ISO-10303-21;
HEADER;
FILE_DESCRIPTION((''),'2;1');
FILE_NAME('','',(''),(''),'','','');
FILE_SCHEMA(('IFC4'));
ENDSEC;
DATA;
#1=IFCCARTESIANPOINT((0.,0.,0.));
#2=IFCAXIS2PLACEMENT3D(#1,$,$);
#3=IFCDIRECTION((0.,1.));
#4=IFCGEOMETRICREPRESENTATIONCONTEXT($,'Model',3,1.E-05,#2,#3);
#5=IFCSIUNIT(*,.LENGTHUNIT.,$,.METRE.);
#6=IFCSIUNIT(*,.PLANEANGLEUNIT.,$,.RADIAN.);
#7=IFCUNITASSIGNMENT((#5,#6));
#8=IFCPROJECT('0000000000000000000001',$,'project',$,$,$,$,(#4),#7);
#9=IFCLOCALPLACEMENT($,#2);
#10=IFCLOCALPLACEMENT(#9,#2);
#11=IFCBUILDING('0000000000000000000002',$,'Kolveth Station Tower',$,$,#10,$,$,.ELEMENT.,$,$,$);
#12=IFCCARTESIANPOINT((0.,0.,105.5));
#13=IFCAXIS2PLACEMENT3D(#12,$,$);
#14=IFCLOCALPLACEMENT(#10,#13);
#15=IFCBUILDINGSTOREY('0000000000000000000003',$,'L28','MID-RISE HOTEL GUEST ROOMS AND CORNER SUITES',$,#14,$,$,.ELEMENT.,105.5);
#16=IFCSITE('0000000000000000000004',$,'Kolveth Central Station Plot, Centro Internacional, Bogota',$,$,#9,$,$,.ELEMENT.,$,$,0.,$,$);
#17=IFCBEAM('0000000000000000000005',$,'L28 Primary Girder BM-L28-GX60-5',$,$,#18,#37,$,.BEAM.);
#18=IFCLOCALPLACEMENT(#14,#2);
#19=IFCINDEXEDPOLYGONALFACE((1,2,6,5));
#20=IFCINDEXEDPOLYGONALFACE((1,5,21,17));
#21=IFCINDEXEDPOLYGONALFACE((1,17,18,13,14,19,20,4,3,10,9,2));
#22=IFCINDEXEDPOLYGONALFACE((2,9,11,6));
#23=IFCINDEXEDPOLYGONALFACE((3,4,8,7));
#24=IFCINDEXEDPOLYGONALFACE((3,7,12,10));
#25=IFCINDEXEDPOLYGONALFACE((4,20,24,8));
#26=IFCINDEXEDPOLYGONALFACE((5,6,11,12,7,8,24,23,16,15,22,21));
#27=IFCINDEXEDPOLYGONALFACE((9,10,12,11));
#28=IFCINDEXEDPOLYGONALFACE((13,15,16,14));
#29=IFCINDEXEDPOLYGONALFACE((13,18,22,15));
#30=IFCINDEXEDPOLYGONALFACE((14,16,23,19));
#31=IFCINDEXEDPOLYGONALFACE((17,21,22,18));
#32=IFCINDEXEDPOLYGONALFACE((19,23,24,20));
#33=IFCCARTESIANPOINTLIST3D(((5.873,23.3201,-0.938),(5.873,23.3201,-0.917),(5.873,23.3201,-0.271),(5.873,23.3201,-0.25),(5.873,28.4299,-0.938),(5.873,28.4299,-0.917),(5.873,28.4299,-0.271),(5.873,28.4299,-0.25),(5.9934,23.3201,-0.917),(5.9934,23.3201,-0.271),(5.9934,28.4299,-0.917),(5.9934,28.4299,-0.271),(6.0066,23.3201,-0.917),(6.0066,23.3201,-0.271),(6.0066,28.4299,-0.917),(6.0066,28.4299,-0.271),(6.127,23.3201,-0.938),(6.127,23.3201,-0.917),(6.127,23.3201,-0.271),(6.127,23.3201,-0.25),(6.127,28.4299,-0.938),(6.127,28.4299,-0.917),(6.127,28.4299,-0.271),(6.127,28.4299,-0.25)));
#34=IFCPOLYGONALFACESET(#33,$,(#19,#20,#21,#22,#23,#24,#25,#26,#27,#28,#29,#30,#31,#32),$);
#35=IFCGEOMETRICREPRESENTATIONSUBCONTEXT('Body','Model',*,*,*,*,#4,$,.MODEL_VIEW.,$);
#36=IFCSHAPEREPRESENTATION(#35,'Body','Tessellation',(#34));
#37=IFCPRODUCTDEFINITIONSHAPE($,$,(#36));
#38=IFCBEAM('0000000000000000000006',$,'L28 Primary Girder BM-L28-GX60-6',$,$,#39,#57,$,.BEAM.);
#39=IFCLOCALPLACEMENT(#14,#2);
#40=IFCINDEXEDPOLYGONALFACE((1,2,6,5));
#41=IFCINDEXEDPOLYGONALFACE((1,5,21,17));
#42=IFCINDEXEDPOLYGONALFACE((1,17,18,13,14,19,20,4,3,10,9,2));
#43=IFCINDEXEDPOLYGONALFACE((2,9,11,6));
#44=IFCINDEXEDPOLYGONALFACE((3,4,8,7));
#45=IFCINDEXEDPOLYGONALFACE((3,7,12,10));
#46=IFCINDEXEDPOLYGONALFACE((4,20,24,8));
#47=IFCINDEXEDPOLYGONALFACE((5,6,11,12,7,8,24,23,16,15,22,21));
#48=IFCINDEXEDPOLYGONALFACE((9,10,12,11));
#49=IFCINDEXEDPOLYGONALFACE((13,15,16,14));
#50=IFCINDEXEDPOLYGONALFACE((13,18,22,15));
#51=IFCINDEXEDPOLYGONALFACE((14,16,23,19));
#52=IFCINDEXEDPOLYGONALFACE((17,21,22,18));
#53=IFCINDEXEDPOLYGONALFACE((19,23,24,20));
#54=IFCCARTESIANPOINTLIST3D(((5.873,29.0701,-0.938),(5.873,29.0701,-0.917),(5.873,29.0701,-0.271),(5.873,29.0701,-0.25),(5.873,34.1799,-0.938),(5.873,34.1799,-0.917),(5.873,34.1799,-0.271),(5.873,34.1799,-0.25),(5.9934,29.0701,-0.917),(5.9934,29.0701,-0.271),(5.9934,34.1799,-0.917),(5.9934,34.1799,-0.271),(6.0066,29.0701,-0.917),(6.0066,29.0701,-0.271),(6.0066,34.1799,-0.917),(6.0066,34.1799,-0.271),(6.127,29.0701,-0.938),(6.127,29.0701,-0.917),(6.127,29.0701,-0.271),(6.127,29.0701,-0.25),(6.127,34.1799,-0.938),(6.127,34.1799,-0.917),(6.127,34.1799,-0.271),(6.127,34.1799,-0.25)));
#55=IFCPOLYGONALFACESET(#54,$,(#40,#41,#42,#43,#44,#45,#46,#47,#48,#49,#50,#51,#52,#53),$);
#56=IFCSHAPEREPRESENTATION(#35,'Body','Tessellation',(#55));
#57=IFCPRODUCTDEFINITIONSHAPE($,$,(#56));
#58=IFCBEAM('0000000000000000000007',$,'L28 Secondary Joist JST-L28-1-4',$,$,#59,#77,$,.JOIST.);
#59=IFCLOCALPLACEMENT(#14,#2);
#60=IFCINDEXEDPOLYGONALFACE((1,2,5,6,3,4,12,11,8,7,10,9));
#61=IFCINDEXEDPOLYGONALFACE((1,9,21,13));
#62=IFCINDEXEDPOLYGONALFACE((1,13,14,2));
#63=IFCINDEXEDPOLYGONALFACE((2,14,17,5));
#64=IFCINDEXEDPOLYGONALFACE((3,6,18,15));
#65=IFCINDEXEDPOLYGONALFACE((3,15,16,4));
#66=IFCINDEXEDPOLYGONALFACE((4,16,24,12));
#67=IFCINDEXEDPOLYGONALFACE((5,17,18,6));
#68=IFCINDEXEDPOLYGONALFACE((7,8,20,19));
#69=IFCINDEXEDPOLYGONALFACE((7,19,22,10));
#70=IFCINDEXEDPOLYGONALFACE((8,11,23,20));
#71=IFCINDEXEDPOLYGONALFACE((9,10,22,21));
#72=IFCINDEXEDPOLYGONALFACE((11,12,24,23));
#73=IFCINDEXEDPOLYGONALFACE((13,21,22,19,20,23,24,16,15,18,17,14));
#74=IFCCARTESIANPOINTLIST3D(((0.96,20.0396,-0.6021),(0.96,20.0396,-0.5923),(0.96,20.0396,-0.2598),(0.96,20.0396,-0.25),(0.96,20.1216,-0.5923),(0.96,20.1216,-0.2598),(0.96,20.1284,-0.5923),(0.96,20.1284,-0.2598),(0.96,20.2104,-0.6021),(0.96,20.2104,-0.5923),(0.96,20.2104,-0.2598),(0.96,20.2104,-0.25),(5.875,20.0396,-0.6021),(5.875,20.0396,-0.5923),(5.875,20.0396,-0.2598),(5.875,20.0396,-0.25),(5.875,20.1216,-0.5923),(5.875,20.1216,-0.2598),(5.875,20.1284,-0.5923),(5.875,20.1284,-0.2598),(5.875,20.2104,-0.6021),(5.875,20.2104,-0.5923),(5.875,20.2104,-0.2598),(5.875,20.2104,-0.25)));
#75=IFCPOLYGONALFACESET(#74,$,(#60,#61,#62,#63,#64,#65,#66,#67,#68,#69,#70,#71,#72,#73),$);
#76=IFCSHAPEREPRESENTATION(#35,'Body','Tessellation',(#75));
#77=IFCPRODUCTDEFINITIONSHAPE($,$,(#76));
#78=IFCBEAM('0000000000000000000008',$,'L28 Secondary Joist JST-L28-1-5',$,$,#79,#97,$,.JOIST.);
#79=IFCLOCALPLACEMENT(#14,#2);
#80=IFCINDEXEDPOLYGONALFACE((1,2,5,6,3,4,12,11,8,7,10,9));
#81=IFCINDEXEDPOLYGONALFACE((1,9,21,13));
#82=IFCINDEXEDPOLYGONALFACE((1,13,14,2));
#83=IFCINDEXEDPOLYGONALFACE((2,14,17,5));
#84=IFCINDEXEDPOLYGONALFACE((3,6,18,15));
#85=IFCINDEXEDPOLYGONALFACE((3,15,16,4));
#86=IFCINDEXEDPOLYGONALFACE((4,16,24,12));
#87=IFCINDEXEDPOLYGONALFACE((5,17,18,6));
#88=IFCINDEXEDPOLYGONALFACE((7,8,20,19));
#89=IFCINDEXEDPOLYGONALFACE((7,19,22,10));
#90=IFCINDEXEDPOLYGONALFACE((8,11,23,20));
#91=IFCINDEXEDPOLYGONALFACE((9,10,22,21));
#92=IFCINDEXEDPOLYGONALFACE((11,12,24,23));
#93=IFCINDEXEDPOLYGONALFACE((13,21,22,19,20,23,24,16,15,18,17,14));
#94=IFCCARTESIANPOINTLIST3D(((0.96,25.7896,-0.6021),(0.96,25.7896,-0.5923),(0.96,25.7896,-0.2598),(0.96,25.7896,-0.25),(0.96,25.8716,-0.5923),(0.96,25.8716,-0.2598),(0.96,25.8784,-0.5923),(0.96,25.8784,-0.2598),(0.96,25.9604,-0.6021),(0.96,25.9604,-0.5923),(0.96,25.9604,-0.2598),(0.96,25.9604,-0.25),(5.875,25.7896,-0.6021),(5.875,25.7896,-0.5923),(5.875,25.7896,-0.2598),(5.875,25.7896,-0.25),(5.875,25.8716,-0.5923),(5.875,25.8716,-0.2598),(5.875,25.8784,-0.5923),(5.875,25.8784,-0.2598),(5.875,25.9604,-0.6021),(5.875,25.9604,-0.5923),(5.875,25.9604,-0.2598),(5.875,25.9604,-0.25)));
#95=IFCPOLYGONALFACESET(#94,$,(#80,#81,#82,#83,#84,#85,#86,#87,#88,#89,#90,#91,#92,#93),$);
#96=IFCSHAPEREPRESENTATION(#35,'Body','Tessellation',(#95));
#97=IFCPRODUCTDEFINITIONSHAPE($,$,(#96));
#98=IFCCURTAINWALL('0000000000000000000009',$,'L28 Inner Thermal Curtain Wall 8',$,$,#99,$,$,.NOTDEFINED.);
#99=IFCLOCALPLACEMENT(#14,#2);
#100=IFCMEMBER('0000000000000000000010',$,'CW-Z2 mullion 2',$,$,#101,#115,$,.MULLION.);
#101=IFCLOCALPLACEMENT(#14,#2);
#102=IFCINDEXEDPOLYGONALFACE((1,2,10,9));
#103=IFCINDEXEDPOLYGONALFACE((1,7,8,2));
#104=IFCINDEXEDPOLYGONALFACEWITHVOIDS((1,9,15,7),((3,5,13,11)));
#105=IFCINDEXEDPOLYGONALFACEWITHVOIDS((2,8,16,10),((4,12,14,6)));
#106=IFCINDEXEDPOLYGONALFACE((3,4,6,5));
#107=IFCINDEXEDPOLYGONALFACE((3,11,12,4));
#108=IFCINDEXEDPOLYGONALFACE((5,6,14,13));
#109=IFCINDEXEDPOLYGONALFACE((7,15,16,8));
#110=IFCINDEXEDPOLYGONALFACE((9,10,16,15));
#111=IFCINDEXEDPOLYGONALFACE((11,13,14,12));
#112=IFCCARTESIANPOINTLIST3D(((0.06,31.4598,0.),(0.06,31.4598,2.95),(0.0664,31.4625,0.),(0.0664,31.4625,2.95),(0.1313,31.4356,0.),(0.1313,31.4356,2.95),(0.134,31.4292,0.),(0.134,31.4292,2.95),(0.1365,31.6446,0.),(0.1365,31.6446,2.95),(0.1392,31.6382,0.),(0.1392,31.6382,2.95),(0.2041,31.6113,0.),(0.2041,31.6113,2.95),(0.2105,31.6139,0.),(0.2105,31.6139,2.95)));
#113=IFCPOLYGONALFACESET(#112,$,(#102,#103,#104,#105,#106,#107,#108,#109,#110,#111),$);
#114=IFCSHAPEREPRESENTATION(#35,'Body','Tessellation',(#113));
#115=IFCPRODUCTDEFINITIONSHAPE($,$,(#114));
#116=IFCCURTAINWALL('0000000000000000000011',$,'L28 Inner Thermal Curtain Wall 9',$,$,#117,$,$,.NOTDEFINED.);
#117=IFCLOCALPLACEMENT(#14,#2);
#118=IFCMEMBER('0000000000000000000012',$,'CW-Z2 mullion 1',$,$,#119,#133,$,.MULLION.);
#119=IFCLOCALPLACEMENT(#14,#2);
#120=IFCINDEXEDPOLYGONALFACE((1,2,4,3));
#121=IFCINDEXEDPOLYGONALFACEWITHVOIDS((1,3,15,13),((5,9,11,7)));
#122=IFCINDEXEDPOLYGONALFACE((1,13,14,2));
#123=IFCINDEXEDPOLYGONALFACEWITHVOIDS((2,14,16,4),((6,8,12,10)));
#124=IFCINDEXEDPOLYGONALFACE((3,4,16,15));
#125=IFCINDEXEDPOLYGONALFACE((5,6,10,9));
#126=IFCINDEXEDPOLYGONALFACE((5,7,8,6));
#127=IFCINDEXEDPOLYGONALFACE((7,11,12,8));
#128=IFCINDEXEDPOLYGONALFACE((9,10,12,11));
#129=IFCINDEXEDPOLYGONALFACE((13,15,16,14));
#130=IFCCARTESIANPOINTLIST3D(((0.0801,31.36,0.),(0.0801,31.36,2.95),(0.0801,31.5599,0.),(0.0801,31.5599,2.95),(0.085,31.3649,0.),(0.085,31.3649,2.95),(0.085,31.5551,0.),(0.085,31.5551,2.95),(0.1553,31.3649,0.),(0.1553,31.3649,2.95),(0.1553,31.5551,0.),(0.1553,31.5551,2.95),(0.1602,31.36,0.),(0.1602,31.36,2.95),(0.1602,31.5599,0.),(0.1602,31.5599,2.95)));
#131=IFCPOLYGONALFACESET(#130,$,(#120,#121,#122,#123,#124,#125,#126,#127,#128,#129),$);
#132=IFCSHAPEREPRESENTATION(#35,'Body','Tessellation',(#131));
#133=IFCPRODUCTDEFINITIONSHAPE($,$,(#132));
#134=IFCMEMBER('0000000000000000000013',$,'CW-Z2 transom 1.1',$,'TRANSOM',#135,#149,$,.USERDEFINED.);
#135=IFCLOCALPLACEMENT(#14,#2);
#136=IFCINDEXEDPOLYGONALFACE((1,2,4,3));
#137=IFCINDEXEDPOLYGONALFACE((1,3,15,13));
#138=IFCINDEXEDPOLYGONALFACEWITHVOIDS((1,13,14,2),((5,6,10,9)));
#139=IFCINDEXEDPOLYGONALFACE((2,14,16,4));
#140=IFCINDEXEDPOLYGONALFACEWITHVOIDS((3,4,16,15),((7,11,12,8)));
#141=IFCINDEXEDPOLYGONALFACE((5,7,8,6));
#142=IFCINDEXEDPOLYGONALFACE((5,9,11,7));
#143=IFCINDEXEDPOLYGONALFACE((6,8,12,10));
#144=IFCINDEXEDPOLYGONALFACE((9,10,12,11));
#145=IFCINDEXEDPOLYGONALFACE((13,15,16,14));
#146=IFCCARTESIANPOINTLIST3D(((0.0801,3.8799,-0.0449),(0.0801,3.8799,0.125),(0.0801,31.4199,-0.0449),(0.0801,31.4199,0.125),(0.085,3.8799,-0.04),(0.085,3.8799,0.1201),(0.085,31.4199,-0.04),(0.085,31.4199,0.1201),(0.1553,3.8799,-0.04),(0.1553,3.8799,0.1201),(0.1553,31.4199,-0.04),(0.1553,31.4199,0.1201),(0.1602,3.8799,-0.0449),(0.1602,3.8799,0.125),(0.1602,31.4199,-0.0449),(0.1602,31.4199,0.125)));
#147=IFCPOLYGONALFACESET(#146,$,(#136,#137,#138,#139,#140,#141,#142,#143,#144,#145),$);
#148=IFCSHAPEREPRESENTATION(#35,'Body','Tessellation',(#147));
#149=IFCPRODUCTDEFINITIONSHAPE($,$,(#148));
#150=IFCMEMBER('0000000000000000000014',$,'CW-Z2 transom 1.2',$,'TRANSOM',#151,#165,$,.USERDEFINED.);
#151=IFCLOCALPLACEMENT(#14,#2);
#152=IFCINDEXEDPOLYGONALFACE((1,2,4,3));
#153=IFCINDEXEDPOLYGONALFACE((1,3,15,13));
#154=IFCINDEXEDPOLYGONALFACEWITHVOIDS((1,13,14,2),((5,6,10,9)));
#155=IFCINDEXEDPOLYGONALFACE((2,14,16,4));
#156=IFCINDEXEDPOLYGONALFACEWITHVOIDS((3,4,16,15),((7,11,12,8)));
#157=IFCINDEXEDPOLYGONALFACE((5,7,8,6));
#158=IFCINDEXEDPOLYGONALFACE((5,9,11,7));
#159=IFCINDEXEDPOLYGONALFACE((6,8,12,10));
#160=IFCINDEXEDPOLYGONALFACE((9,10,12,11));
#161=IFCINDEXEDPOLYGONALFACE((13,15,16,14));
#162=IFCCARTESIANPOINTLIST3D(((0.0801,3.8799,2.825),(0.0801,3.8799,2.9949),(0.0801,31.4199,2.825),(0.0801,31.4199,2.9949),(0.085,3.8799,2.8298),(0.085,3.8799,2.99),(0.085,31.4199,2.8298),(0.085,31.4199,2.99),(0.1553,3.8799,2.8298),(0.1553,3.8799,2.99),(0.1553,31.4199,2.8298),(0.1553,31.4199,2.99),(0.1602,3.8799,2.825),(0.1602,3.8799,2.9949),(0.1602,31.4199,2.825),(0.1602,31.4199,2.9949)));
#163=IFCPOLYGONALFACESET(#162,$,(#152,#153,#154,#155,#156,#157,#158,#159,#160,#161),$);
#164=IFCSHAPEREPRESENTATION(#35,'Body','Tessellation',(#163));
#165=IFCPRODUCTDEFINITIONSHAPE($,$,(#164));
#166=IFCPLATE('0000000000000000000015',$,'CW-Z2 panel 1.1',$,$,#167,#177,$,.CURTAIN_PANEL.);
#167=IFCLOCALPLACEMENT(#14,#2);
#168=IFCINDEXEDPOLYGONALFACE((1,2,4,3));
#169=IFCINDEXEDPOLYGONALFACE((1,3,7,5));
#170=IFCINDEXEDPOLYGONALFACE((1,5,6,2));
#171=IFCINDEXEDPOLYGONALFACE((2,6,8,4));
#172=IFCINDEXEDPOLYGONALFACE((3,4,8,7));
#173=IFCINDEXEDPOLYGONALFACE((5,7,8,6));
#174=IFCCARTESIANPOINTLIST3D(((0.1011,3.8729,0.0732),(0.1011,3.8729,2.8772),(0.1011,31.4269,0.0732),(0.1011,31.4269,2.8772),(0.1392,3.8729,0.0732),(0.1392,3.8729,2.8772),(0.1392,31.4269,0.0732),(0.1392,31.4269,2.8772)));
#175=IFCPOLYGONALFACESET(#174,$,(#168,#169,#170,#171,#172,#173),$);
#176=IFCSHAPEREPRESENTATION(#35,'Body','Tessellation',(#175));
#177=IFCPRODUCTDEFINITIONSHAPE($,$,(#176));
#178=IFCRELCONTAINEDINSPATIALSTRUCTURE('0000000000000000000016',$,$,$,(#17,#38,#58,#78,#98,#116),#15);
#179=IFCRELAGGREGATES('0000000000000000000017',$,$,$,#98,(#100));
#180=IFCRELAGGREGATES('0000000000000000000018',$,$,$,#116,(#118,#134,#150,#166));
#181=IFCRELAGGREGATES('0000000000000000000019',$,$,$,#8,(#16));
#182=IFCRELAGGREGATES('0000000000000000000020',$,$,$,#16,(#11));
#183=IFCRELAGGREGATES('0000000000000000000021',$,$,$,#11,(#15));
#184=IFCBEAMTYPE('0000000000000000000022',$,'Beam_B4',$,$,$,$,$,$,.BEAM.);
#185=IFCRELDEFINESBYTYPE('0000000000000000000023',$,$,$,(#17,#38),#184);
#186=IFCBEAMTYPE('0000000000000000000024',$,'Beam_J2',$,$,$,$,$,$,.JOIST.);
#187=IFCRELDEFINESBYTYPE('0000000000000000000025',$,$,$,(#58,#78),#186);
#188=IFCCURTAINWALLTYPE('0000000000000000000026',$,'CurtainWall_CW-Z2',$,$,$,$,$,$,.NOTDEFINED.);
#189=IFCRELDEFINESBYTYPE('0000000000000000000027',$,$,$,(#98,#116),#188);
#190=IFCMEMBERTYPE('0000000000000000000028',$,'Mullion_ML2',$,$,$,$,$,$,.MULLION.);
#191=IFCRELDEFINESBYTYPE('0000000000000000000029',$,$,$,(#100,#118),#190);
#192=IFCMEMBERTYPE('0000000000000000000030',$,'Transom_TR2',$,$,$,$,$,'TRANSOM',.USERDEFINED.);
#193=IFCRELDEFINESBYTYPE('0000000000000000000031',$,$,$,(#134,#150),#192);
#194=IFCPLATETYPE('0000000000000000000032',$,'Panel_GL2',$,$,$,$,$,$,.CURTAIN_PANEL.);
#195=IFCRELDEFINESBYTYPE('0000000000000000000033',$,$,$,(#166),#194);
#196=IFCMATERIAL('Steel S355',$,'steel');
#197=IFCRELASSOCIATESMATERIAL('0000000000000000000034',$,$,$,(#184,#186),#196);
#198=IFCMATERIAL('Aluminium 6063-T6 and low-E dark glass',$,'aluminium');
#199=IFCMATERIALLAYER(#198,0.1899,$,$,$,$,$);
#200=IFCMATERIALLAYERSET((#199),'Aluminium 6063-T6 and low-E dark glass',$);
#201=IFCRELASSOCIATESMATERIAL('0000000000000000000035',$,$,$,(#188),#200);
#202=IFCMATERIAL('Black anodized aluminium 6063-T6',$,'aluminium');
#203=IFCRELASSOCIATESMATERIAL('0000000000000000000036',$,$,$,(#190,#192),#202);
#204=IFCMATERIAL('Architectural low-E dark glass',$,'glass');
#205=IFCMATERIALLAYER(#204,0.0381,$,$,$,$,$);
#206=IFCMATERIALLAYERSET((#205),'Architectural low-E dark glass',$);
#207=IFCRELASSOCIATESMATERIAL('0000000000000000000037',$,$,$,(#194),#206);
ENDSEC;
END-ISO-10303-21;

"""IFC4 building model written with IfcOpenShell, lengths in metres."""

from ifc_helpers import new_model, si_unit, direction, frame, origin, origin_2d, place, context, subcontext, project, spatial, rectangle, hollow_rectangle, i_section, extrude, source, transform, mapped, material, layer, layer_set, material_profile, profile_set, type_object, element, aggregate, save


model = new_model("IFC4")

# Units and contexts
model_context = context("Model", 3, precision=1e-05, world=origin(), true_north=direction((0.0, 1.0)))
body_context = subcontext(model_context, "Body", "Model", "MODEL_VIEW")
ifc_project = project(units=[si_unit("LENGTHUNIT", "METRE"), si_unit("PLANEANGLEUNIT", "RADIAN")], contexts=[model_context])

# Site, building, storey
site_placement = place(None, origin())
site = spatial("IfcSite", under=ifc_project, at=site_placement, Name="Kolveth Central Station Plot, Centro Internacional, Bogota", CompositionType="ELEMENT", RefElevation=0.0)
building_placement = place(site_placement, origin())
building = spatial("IfcBuilding", under=site, at=building_placement, Name="Kolveth Station Tower", CompositionType="ELEMENT")
storey_placement = place(building_placement, frame((0.0, 0.0, 105.5)))
storey = spatial("IfcBuildingStorey", under=building, at=storey_placement, Name="L28", Description="MID-RISE HOTEL GUEST ROOMS AND CORNER SUITES", CompositionType="ELEMENT", Elevation=105.5)

# Beams
ifc_material_1 = material(Name="Steel S355", Category="steel")
ifc_material_profile_1 = material_profile(ifc_material_1, i_section(OverallWidth=0.2539, OverallDepth=0.688, WebThickness=0.0132, FlangeThickness=0.021, at=origin_2d()), Name="W690x152")
ifc_profile_set_1 = profile_set([ifc_material_profile_1], Name="Steel S355")
beam_type_1 = type_object("IfcBeamType", Name="Beam_B4", PredefinedType="BEAM", material=ifc_profile_set_1)
shared_shape_1 = source(origin(), body_context, "Body", "SweptSolid", [
    extrude(i_section(OverallWidth=0.2539, OverallDepth=0.688, WebThickness=0.0132, FlangeThickness=0.021, at=origin_2d()), origin(), (0.0, 0.0, 1.0), 5.1099),
])
for number, where, z_axis, x_axis, name in (
    (1, (6.0, 23.3201, -0.594), (0.0, 1.0, 0.0), (-1.0, 0.0, 0.0), "L28 Primary Girder BM-L28-GX60-5"),
    (2, (6.0, 29.0701, -0.594), (0.0, 1.0, 0.0), (-1.0, 0.0, 0.0), "L28 Primary Girder BM-L28-GX60-6"),
):
    element("IfcBeam", number, at=place(storey_placement, frame(where, z_axis=z_axis, x_axis=x_axis)), inside=storey, type_object=beam_type_1, Name=name, PredefinedType="BEAM", context=body_context, shape_type="MappedRepresentation", body=[
        mapped(shared_shape_1, transform((0.0, 0.0, 0.0), x_axis=(1.0, 0.0, 0.0), y_axis=(0.0, 1.0, 0.0), z_axis=(0.0, 0.0, 1.0), scale=1.0)),
    ])
ifc_material_profile_2 = material_profile(ifc_material_1, i_section(OverallWidth=0.1709, OverallDepth=0.3521, WebThickness=0.0068, FlangeThickness=0.0098, at=origin_2d()), Name="W360x44")
ifc_profile_set_2 = profile_set([ifc_material_profile_2], Name="Steel S355")
beam_type_2 = type_object("IfcBeamType", Name="Beam_J2", PredefinedType="JOIST", material=ifc_profile_set_2)
shared_shape_2 = source(origin(), body_context, "Body", "SweptSolid", [
    extrude(i_section(OverallWidth=0.1709, OverallDepth=0.3521, WebThickness=0.0068, FlangeThickness=0.0098, at=origin_2d()), origin(), (0.0, 0.0, 1.0), 4.915),
])
for number, where, z_axis, x_axis, name in (
    (3, (0.96, 20.125, -0.426), (1.0, 0.0, 0.0), (0.0, 1.0, 0.0), "L28 Secondary Joist JST-L28-1-4"),
    (4, (0.96, 25.875, -0.426), (1.0, 0.0, 0.0), (0.0, 1.0, 0.0), "L28 Secondary Joist JST-L28-1-5"),
):
    element("IfcBeam", number, at=place(storey_placement, frame(where, z_axis=z_axis, x_axis=x_axis)), inside=storey, type_object=beam_type_2, Name=name, PredefinedType="JOIST", context=body_context, shape_type="MappedRepresentation", body=[
        mapped(shared_shape_2, transform((0.0, 0.0, 0.0), x_axis=(1.0, 0.0, 0.0), y_axis=(0.0, 1.0, 0.0), z_axis=(0.0, 0.0, 1.0), scale=1.0)),
    ])

# Curtain wall, member
ifc_material_2 = material(Name="Aluminium 6063-T6 and low-E dark glass", Category="aluminium")
ifc_layer_1 = layer(ifc_material_2, 0.1899)
ifc_layer_set_1 = layer_set([ifc_layer_1], Name="Aluminium 6063-T6 and low-E dark glass")
curtain_wall_type_1 = type_object("IfcCurtainWallType", Name="CurtainWall_CW-Z2", PredefinedType="NOTDEFINED", material=ifc_layer_set_1)
curtain_wall_1_placement = place(storey_placement, origin())
curtain_wall_1 = element("IfcCurtainWall", 5, at=curtain_wall_1_placement, inside=storey, type_object=curtain_wall_type_1, Name="L28 Inner Thermal Curtain Wall 8", PredefinedType="NOTDEFINED")
ifc_material_3 = material(Name="Black anodized aluminium 6063-T6", Category="aluminium")
ifc_material_profile_3 = material_profile(ifc_material_3, hollow_rectangle(XDim=0.0801, YDim=0.2, WallThickness=0.0049, at=origin_2d()), Name="ALU-80x200x5")
ifc_profile_set_3 = profile_set([ifc_material_profile_3], Name="Black anodized aluminium 6063-T6")
member_type_1 = type_object("IfcMemberType", Name="Mullion_ML2", PredefinedType="MULLION", material=ifc_profile_set_3)
shared_shape_3 = source(origin(), body_context, "Body", "SweptSolid", [
    extrude(hollow_rectangle(XDim=0.0801, YDim=0.2, WallThickness=0.0049, at=origin_2d()), origin(), (0.0, 0.0, 1.0), 2.95),
])
member_1_placement = place(storey_placement, frame((0.1353, 31.5369, 0.0), z_axis=(0.0, 0.0, 1.0), x_axis=(0.923888, -0.382663, 0.0)))
member_1 = element("IfcMember", 6, at=member_1_placement, type_object=member_type_1, Name="CW-Z2 mullion 2", PredefinedType="MULLION", context=body_context, shape_type="MappedRepresentation", body=[
    mapped(shared_shape_3, transform((0.0, 0.0, 0.0), x_axis=(1.0, 0.0, 0.0), y_axis=(0.0, 1.0, 0.0), z_axis=(0.0, 0.0, 1.0), scale=1.0)),
])
aggregate(curtain_wall_1, [member_1])

# Curtain wall, members, plate
curtain_wall_2_placement = place(storey_placement, origin())
curtain_wall_2 = element("IfcCurtainWall", 7, at=curtain_wall_2_placement, inside=storey, type_object=curtain_wall_type_1, Name="L28 Inner Thermal Curtain Wall 9", PredefinedType="NOTDEFINED")
member_2_placement = place(storey_placement, frame((0.1201, 31.46, 0.0), z_axis=(0.0, 0.0, 1.0), x_axis=(1.0, 0.0, 0.0)))
member_2 = element("IfcMember", 8, at=member_2_placement, type_object=member_type_1, Name="CW-Z2 mullion 1", PredefinedType="MULLION", context=body_context, shape_type="MappedRepresentation", body=[
    mapped(shared_shape_3, transform((0.0, 0.0, 0.0), x_axis=(1.0, 0.0, 0.0), y_axis=(0.0, 1.0, 0.0), z_axis=(0.0, 0.0, 1.0), scale=1.0)),
])
ifc_material_profile_4 = material_profile(ifc_material_3, hollow_rectangle(XDim=0.0801, YDim=0.1699, WallThickness=0.0049, at=origin_2d()), Name="ALU-80x170x5")
ifc_profile_set_4 = profile_set([ifc_material_profile_4], Name="Black anodized aluminium 6063-T6")
member_type_2 = type_object("IfcMemberType", Name="Transom_TR2", ElementType="TRANSOM", PredefinedType="USERDEFINED", material=ifc_profile_set_4)
shared_shape_4 = source(origin(), body_context, "Body", "SweptSolid", [
    extrude(hollow_rectangle(XDim=0.0801, YDim=0.1699, WallThickness=0.0049, at=origin_2d()), origin(), (0.0, 0.0, 1.0), 27.54),
])
member_3_placement = place(storey_placement, frame((0.1201, 31.4199, 0.04), z_axis=(0.0, -1.0, 0.0), x_axis=(1.0, 0.0, 0.0)))
member_3 = element("IfcMember", 9, at=member_3_placement, type_object=member_type_2, Name="CW-Z2 transom 1.1", ObjectType="TRANSOM", PredefinedType="USERDEFINED", context=body_context, shape_type="MappedRepresentation", body=[
    mapped(shared_shape_4, transform((0.0, 0.0, 0.0), x_axis=(1.0, 0.0, 0.0), y_axis=(0.0, 1.0, 0.0), z_axis=(0.0, 0.0, 1.0), scale=1.0)),
])
member_4_placement = place(storey_placement, frame((0.1201, 31.4199, 2.9099), z_axis=(0.0, -1.0, 0.0), x_axis=(1.0, 0.0, 0.0)))
member_4 = element("IfcMember", 10, at=member_4_placement, type_object=member_type_2, Name="CW-Z2 transom 1.2", ObjectType="TRANSOM", PredefinedType="USERDEFINED", context=body_context, shape_type="MappedRepresentation", body=[
    mapped(shared_shape_4, transform((0.0, 0.0, 0.0), x_axis=(1.0, 0.0, 0.0), y_axis=(0.0, 1.0, 0.0), z_axis=(0.0, 0.0, 1.0), scale=1.0)),
])
ifc_material_4 = material(Name="Architectural low-E dark glass", Category="glass")
ifc_layer_2 = layer(ifc_material_4, 0.0381)
ifc_layer_set_2 = layer_set([ifc_layer_2], Name="Architectural low-E dark glass")
plate_type_1 = type_object("IfcPlateType", Name="Panel_GL2", PredefinedType="CURTAIN_PANEL", material=ifc_layer_set_2)
shared_shape_5 = source(origin(), body_context, "Body", "SweptSolid", [
    extrude(rectangle(XDim=27.554, YDim=0.0381, at=origin_2d()), origin(), (0.0, 0.0, 1.0), 2.804),
])
plate_1_placement = place(storey_placement, frame((0.1201, 17.6499, 0.0732), z_axis=(0.0, 0.0, 1.0), x_axis=(0.0, -1.0, 0.0)))
plate_1 = element("IfcPlate", 11, at=plate_1_placement, type_object=plate_type_1, Name="CW-Z2 panel 1.1", PredefinedType="CURTAIN_PANEL", context=body_context, shape_type="MappedRepresentation", body=[
    mapped(shared_shape_5, transform((0.0, 0.0, 0.0), x_axis=(1.0, 0.0, 0.0), y_axis=(0.0, 1.0, 0.0), z_axis=(0.0, 0.0, 1.0), scale=1.0)),
])
aggregate(curtain_wall_2, [member_2, member_3, member_4, plate_1])

save(model, "model.ifc")
